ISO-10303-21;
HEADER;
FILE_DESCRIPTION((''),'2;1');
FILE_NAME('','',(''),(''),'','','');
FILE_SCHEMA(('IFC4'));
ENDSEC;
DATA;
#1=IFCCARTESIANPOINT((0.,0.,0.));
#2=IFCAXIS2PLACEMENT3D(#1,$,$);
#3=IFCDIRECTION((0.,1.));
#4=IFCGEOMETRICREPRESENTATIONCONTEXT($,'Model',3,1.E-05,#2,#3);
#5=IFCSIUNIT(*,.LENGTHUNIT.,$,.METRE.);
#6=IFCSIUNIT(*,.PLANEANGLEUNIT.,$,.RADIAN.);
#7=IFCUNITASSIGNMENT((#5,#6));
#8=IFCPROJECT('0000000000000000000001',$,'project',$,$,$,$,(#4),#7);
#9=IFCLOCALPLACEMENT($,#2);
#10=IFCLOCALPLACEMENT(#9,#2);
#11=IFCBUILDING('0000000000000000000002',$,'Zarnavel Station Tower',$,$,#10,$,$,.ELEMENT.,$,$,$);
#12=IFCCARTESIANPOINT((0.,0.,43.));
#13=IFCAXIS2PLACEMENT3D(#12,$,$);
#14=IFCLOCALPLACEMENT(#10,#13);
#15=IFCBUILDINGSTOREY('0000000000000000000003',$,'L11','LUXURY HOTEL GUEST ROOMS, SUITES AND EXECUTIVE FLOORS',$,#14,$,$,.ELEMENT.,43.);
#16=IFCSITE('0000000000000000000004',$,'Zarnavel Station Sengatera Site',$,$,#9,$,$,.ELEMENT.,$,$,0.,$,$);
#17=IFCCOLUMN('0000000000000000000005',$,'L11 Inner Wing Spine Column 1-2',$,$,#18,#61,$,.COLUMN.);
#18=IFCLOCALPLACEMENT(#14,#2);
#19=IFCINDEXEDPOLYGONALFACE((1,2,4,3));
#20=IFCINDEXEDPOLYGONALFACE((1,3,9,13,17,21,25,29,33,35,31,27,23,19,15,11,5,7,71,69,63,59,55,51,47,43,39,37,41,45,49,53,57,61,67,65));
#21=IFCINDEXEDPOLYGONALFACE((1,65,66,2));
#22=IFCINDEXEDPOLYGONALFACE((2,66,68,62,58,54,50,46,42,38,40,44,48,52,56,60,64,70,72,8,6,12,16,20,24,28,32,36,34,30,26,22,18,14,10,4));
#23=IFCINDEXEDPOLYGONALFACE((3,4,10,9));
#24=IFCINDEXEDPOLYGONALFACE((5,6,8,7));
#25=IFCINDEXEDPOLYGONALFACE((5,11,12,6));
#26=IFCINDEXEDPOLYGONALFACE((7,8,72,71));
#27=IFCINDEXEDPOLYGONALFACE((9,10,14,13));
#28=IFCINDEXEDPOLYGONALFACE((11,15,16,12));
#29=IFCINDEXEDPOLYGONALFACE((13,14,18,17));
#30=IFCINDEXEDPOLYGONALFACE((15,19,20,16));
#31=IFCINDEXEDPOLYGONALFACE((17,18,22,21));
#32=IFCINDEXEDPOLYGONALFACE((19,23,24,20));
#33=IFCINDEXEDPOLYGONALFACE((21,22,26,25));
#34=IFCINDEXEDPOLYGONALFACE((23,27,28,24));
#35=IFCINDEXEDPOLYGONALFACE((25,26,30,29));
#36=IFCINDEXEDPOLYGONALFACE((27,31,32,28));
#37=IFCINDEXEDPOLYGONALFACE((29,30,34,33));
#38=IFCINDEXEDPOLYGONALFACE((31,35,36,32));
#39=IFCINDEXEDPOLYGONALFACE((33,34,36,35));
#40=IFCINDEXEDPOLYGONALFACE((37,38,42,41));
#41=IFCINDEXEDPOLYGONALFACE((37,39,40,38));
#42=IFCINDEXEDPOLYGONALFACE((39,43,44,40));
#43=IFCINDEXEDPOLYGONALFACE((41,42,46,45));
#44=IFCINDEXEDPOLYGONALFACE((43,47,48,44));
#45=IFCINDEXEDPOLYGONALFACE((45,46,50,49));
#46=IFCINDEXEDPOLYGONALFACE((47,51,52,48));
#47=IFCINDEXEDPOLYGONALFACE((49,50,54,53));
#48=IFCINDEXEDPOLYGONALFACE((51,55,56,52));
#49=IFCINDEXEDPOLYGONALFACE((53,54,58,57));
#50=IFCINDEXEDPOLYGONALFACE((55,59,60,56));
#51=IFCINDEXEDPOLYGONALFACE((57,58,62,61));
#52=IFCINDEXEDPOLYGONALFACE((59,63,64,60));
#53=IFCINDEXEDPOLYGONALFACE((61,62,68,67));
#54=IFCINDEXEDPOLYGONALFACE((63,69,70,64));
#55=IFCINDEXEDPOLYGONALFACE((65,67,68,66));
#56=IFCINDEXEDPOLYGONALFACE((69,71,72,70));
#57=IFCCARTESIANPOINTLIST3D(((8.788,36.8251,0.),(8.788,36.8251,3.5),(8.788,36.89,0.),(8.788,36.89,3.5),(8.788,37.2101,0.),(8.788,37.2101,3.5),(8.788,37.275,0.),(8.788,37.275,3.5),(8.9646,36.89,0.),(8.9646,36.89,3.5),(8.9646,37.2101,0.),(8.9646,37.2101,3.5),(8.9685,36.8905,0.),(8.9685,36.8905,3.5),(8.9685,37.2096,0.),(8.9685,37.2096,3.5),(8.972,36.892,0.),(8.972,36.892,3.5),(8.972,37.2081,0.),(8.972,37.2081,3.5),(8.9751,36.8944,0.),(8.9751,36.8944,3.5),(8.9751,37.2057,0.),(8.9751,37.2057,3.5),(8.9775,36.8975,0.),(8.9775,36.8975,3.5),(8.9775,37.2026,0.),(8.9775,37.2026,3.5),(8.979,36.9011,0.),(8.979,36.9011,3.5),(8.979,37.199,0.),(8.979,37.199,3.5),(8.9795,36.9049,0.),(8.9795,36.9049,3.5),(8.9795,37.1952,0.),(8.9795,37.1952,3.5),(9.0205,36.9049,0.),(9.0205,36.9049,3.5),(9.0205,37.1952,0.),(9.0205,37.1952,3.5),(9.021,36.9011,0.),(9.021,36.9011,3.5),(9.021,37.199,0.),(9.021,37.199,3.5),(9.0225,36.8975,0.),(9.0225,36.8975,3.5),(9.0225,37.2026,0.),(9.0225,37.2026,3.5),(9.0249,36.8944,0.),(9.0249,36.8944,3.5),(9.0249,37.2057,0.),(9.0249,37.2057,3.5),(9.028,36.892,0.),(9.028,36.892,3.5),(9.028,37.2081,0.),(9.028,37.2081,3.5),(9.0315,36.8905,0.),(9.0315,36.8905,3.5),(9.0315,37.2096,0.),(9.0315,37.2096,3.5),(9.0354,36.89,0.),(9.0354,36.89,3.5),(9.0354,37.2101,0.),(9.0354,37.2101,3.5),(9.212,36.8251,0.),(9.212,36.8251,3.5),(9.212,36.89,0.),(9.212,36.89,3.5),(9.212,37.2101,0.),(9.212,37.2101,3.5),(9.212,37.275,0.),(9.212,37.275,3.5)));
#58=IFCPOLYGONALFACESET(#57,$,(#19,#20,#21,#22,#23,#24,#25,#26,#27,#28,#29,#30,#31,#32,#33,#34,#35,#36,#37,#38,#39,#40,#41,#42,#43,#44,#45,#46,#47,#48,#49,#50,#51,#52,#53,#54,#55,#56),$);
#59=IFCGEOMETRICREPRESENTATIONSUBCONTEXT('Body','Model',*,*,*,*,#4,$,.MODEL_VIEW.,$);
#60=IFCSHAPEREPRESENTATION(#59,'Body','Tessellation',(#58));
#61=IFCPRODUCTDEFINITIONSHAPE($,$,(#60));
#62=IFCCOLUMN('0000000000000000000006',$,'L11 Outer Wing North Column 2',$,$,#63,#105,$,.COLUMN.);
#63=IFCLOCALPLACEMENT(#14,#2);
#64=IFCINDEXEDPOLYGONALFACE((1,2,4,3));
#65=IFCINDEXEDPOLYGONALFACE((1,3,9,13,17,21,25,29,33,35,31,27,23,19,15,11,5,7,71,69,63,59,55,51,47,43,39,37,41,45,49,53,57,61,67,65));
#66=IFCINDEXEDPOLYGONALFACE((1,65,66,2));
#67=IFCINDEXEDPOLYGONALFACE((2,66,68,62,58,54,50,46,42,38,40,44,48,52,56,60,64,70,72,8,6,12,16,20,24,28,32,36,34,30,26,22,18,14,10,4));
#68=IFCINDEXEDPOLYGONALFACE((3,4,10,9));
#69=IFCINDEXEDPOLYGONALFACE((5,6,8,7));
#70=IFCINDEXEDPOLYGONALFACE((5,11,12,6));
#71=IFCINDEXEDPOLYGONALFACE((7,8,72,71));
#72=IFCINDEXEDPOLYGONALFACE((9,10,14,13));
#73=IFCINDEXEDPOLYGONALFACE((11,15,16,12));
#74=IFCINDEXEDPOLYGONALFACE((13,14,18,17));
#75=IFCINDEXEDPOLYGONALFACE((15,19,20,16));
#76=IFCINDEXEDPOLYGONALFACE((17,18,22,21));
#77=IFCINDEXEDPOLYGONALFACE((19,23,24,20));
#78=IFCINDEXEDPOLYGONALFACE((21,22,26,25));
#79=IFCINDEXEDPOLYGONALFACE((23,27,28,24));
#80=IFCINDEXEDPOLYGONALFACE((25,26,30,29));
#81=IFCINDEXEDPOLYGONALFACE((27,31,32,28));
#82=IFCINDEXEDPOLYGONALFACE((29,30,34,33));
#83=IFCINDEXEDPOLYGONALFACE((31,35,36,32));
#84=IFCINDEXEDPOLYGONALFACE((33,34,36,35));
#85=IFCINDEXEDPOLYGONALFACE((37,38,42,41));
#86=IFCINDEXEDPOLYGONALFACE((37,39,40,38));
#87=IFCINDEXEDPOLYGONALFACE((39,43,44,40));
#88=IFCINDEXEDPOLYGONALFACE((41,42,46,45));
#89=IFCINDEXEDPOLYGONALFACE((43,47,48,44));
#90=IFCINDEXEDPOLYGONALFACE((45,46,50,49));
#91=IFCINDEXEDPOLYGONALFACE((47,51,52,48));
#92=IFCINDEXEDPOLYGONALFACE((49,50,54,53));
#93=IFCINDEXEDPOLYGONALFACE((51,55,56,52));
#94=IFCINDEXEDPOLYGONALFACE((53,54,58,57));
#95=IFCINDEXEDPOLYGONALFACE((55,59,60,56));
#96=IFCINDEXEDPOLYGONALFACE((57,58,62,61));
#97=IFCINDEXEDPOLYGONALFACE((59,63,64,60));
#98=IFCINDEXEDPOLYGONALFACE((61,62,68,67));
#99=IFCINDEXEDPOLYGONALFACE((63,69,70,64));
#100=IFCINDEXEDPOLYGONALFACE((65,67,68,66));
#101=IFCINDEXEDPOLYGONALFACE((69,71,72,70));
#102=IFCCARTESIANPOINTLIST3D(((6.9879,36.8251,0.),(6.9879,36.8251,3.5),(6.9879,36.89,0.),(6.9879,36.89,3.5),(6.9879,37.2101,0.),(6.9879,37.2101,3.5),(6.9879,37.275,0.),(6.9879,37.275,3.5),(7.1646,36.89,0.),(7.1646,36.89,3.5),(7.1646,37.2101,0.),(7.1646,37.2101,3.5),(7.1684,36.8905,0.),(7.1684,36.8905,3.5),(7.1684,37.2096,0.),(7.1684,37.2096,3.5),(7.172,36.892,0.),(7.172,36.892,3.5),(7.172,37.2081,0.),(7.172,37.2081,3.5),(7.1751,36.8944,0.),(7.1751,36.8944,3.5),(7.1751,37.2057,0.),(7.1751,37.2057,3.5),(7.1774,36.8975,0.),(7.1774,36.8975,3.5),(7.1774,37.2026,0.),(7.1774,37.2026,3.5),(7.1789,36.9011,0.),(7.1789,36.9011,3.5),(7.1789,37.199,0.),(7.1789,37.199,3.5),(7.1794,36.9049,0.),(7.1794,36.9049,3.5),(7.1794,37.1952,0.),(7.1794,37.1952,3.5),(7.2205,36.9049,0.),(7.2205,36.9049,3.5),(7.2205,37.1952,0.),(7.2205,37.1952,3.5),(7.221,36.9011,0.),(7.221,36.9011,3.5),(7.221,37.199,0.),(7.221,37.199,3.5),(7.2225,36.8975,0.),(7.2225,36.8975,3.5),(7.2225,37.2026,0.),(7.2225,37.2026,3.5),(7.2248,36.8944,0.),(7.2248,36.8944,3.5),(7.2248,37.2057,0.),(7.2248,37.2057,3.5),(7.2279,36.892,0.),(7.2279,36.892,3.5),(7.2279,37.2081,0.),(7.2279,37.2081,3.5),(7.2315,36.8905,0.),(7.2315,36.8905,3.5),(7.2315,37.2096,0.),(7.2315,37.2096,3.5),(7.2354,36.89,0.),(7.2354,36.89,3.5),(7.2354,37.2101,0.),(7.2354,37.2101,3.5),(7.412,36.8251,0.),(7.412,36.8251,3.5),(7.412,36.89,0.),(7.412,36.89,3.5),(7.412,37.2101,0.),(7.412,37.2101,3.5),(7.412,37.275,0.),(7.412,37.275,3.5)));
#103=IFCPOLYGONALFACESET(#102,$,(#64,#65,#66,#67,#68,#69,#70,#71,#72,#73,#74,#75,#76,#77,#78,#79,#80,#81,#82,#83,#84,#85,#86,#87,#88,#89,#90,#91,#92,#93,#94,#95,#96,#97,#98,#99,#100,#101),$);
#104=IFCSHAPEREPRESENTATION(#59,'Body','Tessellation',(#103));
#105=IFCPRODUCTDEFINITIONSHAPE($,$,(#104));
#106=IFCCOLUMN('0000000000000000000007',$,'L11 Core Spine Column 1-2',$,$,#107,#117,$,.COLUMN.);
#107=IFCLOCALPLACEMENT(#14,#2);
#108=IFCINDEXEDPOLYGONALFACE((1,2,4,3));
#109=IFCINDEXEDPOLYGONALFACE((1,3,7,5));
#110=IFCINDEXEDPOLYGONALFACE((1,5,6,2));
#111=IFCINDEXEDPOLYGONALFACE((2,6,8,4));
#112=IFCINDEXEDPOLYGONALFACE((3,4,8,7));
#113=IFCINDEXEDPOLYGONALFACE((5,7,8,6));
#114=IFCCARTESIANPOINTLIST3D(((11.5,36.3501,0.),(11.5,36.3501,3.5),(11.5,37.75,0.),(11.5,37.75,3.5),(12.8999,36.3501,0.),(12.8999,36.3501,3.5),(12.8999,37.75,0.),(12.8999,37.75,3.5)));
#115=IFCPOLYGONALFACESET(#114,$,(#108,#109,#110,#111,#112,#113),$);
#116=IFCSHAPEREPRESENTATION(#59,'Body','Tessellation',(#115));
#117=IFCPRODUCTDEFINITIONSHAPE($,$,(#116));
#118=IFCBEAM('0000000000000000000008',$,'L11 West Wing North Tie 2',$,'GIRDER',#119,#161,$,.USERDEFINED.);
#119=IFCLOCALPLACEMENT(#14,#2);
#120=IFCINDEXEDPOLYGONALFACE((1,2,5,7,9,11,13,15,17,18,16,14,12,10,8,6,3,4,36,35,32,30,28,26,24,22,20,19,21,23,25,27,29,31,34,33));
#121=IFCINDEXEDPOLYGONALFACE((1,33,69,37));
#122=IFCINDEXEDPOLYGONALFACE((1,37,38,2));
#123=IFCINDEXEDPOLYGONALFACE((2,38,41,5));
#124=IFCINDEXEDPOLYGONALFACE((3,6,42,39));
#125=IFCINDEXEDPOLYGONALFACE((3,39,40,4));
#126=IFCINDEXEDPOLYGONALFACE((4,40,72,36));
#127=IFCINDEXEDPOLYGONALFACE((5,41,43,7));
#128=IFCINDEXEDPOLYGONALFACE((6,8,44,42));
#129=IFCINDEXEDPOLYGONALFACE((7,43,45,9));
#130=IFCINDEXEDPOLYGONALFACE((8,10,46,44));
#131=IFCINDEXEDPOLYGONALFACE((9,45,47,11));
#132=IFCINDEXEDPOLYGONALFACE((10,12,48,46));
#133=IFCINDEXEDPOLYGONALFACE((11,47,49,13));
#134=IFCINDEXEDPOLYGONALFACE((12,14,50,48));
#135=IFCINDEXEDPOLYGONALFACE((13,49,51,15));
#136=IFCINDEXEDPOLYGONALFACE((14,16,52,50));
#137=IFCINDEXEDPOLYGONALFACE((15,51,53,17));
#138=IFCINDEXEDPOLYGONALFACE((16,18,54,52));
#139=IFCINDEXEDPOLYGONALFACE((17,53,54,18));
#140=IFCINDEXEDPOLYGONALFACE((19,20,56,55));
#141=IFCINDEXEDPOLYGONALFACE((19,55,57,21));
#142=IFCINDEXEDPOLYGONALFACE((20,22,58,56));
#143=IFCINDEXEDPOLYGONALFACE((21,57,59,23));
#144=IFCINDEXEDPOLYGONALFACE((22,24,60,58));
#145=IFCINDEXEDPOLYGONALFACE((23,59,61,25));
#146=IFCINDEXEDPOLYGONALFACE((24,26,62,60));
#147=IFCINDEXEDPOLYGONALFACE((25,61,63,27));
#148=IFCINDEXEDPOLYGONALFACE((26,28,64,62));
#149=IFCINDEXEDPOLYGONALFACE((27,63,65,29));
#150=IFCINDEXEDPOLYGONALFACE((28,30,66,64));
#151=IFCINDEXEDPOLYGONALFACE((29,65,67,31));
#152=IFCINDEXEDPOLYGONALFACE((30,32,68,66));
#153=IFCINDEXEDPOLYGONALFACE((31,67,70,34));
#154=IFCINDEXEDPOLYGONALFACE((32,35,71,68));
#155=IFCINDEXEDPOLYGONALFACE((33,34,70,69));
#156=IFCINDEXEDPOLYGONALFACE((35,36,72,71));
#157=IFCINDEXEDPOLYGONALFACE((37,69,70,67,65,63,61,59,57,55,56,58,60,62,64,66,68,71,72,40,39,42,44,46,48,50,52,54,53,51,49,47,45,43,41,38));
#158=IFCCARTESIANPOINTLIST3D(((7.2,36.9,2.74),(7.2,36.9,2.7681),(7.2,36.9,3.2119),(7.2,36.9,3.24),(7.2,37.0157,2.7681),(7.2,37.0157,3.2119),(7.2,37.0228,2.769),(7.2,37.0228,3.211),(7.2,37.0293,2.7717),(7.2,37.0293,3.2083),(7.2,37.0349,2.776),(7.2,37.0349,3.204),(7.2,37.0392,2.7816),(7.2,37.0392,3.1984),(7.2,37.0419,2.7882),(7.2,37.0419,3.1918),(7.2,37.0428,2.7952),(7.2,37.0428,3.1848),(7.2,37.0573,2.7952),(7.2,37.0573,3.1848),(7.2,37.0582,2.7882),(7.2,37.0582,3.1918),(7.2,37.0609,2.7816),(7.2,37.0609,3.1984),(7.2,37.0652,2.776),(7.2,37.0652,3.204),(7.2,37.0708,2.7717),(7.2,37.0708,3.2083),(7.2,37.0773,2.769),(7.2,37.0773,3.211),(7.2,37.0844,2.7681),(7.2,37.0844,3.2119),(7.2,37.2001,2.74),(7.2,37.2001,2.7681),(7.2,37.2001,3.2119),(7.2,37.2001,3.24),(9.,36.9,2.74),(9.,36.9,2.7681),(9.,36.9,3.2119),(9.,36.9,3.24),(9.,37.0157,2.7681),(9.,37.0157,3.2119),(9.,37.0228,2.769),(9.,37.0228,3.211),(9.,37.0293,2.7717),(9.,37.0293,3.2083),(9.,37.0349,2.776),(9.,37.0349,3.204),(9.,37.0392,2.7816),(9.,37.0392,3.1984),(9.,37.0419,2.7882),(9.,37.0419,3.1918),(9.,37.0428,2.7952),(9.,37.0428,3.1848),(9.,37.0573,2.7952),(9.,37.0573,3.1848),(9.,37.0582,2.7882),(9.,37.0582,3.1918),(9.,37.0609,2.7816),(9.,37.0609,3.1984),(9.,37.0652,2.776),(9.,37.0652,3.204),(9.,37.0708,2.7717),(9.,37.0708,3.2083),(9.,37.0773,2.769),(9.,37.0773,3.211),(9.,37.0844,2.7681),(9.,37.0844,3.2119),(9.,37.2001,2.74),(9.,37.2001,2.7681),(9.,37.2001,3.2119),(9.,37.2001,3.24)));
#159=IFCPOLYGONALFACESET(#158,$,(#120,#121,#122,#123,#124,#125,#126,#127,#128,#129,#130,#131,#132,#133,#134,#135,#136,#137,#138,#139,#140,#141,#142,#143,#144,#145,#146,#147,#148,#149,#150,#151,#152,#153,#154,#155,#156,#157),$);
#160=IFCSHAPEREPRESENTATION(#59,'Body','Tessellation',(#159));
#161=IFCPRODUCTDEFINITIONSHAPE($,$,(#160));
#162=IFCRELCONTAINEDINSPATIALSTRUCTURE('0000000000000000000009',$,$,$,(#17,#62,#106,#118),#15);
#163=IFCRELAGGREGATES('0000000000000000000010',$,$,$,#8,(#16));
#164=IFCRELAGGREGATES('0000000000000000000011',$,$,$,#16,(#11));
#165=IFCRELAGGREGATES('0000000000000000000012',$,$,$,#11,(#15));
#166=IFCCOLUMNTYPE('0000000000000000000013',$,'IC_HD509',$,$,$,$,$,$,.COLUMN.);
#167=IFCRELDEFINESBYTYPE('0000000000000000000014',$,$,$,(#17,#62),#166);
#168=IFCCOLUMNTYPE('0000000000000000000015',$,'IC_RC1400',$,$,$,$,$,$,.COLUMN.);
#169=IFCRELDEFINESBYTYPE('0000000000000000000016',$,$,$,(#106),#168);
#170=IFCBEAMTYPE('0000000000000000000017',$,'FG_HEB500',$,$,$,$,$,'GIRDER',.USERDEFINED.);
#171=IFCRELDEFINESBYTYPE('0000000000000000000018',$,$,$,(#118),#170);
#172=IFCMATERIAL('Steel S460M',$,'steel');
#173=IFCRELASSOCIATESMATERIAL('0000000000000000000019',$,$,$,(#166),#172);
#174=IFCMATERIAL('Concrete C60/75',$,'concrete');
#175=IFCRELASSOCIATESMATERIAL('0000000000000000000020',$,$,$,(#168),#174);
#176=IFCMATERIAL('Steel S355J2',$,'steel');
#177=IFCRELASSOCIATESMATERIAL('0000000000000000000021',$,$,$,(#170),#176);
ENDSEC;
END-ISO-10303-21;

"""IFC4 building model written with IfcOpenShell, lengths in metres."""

from ifc_helpers import new_model, si_unit, direction, frame, origin, origin_2d, place, context, subcontext, project, spatial, rectangle, i_section, extrude, material, material_profile, profile_set, type_object, element, save


model = new_model("IFC4")

# Units and contexts
model_context = context("Model", 3, precision=1e-05, world=origin(), true_north=direction((0.0, 1.0)))
body_context = subcontext(model_context, "Body", "Model", "MODEL_VIEW")
ifc_project = project(units=[si_unit("LENGTHUNIT", "METRE"), si_unit("PLANEANGLEUNIT", "RADIAN")], contexts=[model_context])

# Site, building, storey
site_placement = place(None, origin())
site = spatial("IfcSite", under=ifc_project, at=site_placement, Name="Zarnavel Station Sengatera Site", CompositionType="ELEMENT", RefElevation=0.0)
building_placement = place(site_placement, origin())
building = spatial("IfcBuilding", under=site, at=building_placement, Name="Zarnavel Station Tower", CompositionType="ELEMENT")
storey_placement = place(building_placement, frame((0.0, 0.0, 43.0)))
storey = spatial("IfcBuildingStorey", under=building, at=storey_placement, Name="L11", Description="LUXURY HOTEL GUEST ROOMS, SUITES AND EXECUTIVE FLOORS", CompositionType="ELEMENT", Elevation=43.0)

# Columns
ifc_material_1 = material(Name="Steel S460M", Category="steel")
ifc_material_profile_1 = material_profile(ifc_material_1, i_section(OverallWidth=0.4241, OverallDepth=0.45, WebThickness=0.041, FlangeThickness=0.0649, FilletRadius=0.0149, at=origin_2d()), Name="HD400x509")
ifc_profile_set_1 = profile_set([ifc_material_profile_1], Name="Steel S460M")
column_type_1 = type_object("IfcColumnType", Name="IC_HD509", PredefinedType="COLUMN", material=ifc_profile_set_1)
for number, where, z_axis, x_axis, name in (
    (1, (9.0, 37.05, 0.0), (0.0, 0.0, 1.0), (1.0, 0.0, 0.0), "L11 Inner Wing Spine Column 1-2"),
    (2, (7.2, 37.05, 0.0), (0.0, 0.0, 1.0), (1.0, 0.0, 0.0), "L11 Outer Wing North Column 2"),
):
    element("IfcColumn", number, at=place(storey_placement, frame(where, z_axis=z_axis, x_axis=x_axis)), inside=storey, type_object=column_type_1, Name=name, PredefinedType="COLUMN", context=body_context, shape_type="SweptSolid", body=[
        extrude(i_section(OverallWidth=0.4241, OverallDepth=0.45, WebThickness=0.041, FlangeThickness=0.0649, FilletRadius=0.0149, at=origin_2d()), origin(), (0.0, 0.0, 1.0), 3.5),
    ])
ifc_material_2 = material(Name="Concrete C60/75", Category="concrete")
ifc_material_profile_2 = material_profile(ifc_material_2, rectangle(XDim=1.3999, YDim=1.3999, at=origin_2d()), Name="RC1400x1400")
ifc_profile_set_2 = profile_set([ifc_material_profile_2], Name="Concrete C60/75")
column_type_2 = type_object("IfcColumnType", Name="IC_RC1400", PredefinedType="COLUMN", material=ifc_profile_set_2)
column_placement = place(storey_placement, frame((12.2, 37.05, 0.0), z_axis=(0.0, 0.0, 1.0), x_axis=(1.0, 0.0, 0.0)))
element("IfcColumn", 3, at=column_placement, inside=storey, type_object=column_type_2, Name="L11 Core Spine Column 1-2", PredefinedType="COLUMN", context=body_context, shape_type="SweptSolid", body=[
    extrude(rectangle(XDim=1.3999, YDim=1.3999, at=origin_2d()), origin(), (0.0, 0.0, 1.0), 3.5),
])

# Beam
ifc_material_3 = material(Name="Steel S355J2", Category="steel")
ifc_material_profile_3 = material_profile(ifc_material_3, i_section(OverallWidth=0.3, OverallDepth=0.5, WebThickness=0.0144, FlangeThickness=0.0281, FilletRadius=0.0271, at=origin_2d()), Name="HEB500")
ifc_profile_set_3 = profile_set([ifc_material_profile_3], Name="Steel S355J2")
beam_type = type_object("IfcBeamType", Name="FG_HEB500", ElementType="GIRDER", PredefinedType="USERDEFINED", material=ifc_profile_set_3)
beam_1_placement = place(storey_placement, frame((7.2, 37.05, 2.99), z_axis=(1.0, 0.0, 0.0), x_axis=(0.0, 1.0, 0.0)))
element("IfcBeam", 4, at=beam_1_placement, inside=storey, type_object=beam_type, Name="L11 West Wing North Tie 2", ObjectType="GIRDER", PredefinedType="USERDEFINED", context=body_context, shape_type="SweptSolid", body=[
    extrude(i_section(OverallWidth=0.3, OverallDepth=0.5, WebThickness=0.0144, FlangeThickness=0.0281, FilletRadius=0.0271, at=origin_2d()), origin(), (0.0, 0.0, 1.0), 1.8),
])

save(model, "model.ifc")
